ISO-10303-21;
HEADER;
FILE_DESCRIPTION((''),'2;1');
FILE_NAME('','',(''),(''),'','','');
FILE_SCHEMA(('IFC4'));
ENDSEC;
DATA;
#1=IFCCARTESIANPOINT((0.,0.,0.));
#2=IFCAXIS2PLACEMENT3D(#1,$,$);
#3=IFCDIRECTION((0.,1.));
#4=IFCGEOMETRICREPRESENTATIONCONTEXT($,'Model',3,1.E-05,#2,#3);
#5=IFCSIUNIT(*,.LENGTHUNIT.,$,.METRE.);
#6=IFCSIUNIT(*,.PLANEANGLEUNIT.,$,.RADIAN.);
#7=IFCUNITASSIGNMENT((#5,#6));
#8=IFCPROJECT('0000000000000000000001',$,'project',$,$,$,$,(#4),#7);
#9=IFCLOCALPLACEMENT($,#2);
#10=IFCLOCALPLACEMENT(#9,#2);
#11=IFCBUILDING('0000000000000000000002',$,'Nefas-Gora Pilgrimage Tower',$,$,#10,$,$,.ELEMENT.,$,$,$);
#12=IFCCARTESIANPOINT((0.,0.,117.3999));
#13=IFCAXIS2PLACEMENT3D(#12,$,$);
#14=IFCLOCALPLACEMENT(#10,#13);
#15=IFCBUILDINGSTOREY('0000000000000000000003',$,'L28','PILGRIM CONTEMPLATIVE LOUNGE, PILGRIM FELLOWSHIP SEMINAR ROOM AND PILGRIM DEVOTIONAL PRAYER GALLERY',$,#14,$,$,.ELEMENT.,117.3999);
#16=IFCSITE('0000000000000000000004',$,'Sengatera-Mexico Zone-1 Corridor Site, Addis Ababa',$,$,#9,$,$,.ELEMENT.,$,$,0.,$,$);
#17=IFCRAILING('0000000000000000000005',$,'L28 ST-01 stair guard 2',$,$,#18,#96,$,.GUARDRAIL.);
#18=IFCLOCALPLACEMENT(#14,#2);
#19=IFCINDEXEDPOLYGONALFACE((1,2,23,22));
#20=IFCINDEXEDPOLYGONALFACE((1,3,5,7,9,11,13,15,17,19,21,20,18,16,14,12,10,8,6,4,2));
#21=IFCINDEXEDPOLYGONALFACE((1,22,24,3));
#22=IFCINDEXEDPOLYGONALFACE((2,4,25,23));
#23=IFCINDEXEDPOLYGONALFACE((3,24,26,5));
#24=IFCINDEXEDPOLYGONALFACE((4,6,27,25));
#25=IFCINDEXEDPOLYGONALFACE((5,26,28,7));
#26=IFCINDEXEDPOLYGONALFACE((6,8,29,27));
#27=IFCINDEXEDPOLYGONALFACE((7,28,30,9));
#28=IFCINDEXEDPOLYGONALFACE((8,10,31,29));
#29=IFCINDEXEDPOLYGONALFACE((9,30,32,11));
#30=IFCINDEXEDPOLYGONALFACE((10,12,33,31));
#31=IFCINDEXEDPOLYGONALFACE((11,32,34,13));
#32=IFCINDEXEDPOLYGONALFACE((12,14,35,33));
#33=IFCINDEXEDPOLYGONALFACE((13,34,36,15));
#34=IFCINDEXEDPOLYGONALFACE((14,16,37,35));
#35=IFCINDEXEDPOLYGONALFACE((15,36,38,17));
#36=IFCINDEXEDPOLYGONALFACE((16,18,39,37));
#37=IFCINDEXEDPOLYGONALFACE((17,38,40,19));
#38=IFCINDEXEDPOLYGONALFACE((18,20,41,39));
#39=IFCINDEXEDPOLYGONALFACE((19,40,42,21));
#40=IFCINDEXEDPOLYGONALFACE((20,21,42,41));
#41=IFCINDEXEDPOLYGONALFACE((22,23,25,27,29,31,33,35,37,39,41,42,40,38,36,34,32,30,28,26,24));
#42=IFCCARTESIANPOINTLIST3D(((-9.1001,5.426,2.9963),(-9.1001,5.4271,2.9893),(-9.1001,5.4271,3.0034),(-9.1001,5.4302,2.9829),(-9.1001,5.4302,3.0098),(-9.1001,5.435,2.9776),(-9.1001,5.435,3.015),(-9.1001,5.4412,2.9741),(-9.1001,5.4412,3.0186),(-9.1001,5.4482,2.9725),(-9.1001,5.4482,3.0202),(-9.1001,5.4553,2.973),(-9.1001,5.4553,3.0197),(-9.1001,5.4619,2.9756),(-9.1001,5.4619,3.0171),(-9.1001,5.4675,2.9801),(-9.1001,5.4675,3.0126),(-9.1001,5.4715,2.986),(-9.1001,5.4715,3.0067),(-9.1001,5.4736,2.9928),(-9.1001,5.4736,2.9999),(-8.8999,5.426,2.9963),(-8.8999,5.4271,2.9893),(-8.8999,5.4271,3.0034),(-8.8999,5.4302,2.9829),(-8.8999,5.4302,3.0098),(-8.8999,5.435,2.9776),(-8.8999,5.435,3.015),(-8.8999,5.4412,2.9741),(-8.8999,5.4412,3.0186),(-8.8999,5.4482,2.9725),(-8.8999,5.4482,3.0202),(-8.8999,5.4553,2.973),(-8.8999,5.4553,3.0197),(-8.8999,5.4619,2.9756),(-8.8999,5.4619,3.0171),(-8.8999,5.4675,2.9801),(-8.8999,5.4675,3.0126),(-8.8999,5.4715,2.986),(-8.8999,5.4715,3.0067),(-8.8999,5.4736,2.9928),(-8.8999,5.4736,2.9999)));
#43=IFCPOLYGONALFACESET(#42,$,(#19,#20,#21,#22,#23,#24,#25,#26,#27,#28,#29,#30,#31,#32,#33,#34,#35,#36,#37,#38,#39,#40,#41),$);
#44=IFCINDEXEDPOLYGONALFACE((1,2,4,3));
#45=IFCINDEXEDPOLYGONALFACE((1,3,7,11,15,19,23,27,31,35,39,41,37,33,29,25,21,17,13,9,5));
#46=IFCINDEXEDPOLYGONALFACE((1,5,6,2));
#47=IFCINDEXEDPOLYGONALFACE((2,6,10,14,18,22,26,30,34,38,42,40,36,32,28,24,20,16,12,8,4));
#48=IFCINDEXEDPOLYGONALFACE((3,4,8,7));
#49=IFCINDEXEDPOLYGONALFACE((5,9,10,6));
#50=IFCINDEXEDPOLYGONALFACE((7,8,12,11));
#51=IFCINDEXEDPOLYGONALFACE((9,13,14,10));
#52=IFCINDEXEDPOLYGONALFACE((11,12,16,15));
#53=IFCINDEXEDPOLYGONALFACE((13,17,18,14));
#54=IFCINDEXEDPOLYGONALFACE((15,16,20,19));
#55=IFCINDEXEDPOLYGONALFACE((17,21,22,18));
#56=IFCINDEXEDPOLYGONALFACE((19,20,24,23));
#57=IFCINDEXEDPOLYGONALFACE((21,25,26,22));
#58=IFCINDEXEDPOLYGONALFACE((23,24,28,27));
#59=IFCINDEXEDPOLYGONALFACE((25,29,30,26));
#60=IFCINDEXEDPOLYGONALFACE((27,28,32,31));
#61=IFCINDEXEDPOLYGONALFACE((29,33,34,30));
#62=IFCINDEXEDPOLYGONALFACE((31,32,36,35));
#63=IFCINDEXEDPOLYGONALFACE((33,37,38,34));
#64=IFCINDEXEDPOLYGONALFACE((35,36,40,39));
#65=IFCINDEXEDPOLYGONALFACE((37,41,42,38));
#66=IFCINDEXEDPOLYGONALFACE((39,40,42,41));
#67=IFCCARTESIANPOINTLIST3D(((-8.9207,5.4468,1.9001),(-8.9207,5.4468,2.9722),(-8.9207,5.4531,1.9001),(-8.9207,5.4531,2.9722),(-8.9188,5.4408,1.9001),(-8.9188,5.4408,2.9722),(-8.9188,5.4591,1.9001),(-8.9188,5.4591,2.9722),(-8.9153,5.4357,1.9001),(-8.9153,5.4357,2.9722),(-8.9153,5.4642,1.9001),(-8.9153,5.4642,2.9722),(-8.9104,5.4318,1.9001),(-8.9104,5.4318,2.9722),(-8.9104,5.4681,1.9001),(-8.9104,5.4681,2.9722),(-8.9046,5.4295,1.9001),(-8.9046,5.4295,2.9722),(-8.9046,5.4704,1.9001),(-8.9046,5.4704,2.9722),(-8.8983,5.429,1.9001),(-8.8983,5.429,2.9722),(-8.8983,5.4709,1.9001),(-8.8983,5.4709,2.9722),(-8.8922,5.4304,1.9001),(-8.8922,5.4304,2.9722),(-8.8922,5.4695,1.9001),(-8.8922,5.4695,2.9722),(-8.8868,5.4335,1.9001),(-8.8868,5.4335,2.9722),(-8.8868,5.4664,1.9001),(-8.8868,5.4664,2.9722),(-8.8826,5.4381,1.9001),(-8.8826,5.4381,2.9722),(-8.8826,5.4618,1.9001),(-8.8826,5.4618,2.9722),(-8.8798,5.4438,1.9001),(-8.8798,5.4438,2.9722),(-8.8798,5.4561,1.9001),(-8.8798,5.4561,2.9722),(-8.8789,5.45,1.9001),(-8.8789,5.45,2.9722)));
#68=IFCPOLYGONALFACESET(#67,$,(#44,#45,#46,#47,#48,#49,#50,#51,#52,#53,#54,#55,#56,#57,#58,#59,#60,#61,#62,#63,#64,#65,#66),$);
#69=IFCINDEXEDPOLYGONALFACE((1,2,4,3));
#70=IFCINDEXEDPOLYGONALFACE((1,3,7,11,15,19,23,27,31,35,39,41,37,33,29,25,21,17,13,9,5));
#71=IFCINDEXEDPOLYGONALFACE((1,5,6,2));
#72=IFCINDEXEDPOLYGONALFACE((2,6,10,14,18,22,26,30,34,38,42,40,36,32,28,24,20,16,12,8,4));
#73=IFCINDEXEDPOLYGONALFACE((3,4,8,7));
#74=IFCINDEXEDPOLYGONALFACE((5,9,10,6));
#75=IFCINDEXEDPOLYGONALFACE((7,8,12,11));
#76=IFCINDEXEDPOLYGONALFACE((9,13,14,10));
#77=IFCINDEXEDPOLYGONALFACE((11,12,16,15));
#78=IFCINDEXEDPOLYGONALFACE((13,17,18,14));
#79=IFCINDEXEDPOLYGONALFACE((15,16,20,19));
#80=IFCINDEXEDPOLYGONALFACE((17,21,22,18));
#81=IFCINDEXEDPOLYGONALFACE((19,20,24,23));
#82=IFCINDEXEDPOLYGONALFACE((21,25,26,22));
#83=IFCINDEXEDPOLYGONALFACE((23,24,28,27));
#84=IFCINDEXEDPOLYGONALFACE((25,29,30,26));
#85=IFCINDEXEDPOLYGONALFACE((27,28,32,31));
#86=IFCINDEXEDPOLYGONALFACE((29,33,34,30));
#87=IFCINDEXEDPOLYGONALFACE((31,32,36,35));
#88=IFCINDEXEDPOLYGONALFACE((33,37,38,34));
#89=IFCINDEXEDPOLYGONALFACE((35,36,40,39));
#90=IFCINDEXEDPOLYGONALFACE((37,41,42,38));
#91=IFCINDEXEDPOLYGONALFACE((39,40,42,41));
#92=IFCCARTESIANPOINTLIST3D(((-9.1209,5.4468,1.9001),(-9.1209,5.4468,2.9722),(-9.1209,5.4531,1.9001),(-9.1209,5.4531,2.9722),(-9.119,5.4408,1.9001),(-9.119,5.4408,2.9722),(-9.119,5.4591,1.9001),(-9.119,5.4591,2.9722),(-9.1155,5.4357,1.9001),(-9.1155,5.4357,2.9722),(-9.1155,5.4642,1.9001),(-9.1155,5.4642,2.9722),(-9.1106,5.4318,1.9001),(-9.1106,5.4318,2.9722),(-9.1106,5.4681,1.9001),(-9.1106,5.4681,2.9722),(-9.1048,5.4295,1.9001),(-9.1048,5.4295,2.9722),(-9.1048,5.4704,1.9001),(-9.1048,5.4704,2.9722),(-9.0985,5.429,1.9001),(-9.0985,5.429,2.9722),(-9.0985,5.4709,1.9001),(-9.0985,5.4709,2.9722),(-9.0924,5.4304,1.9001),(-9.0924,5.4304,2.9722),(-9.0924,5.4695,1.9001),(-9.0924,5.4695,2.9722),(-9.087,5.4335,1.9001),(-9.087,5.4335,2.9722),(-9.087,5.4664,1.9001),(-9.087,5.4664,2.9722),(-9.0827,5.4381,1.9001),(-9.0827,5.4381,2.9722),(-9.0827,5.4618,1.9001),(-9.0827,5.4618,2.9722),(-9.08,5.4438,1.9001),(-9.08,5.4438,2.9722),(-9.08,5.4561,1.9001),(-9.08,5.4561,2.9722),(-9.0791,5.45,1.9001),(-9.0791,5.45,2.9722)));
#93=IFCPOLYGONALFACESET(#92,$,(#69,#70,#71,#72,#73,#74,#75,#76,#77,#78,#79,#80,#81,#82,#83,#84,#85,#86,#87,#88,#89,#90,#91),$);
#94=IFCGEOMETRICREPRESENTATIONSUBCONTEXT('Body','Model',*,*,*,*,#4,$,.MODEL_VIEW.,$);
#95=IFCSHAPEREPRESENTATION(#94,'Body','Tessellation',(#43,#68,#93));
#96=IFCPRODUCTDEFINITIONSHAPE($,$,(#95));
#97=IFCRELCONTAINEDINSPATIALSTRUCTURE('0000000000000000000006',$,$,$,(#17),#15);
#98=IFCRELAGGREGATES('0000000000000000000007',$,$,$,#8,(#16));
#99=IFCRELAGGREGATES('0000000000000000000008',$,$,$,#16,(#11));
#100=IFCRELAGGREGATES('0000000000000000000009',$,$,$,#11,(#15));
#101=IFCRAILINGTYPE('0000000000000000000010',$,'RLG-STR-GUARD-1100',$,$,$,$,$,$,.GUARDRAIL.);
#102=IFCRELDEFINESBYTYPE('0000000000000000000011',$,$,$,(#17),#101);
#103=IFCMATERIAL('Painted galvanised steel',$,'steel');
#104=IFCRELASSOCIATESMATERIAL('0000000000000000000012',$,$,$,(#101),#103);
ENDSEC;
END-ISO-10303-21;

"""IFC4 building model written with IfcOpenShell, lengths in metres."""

from ifc_helpers import new_model, si_unit, direction, frame, origin, origin_2d, place, context, subcontext, project, spatial, circle, extrude, material, type_object, element, save


model = new_model("IFC4")

# Units and contexts
model_context = context("Model", 3, precision=1e-05, world=origin(), true_north=direction((0.0, 1.0)))
body_context = subcontext(model_context, "Body", "Model", "MODEL_VIEW")
ifc_project = project(units=[si_unit("LENGTHUNIT", "METRE"), si_unit("PLANEANGLEUNIT", "RADIAN")], contexts=[model_context])

# Site, building, storey
site_placement = place(None, origin())
site = spatial("IfcSite", under=ifc_project, at=site_placement, Name="Sengatera-Mexico Zone-1 Corridor Site, Addis Ababa", CompositionType="ELEMENT", RefElevation=0.0)
building_placement = place(site_placement, origin())
building = spatial("IfcBuilding", under=site, at=building_placement, Name="Nefas-Gora Pilgrimage Tower", CompositionType="ELEMENT")
storey_placement = place(building_placement, frame((0.0, 0.0, 117.3999)))
storey = spatial("IfcBuildingStorey", under=building, at=storey_placement, Name="L28", Description="PILGRIM CONTEMPLATIVE LOUNGE, PILGRIM FELLOWSHIP SEMINAR ROOM AND PILGRIM DEVOTIONAL PRAYER GALLERY", CompositionType="ELEMENT", Elevation=117.3999)

# Railing
ifc_material_1 = material(Name="Painted galvanised steel", Category="steel")
railing_type_1 = type_object("IfcRailingType", Name="RLG-STR-GUARD-1100", PredefinedType="GUARDRAIL", material=ifc_material_1)
railing_1_placement = place(storey_placement, frame((-8.8999, 5.45, 1.9001)))
element("IfcRailing", 1, at=railing_1_placement, inside=storey, type_object=railing_type_1, Name="L28 ST-01 stair guard 2", PredefinedType="GUARDRAIL", context=body_context, shape_type="SweptSolid", body=[
    extrude(circle(Radius=0.0239, at=origin_2d()), frame((0.0, 0.0, 1.0962), z_axis=(-1.0, 0.0, 0.0), x_axis=(0.0, -1.0, 0.0)), (0.0, 0.0, 1.0), 0.2002),
    extrude(circle(Radius=0.021, at=origin_2d()), origin(), (0.0, 0.0, 1.0), 1.072),
    extrude(circle(Radius=0.021, at=origin_2d()), frame((-0.2002, 0.0, 0.0)), (0.0, 0.0, 1.0), 1.072),
])

save(model, "model.ifc")
